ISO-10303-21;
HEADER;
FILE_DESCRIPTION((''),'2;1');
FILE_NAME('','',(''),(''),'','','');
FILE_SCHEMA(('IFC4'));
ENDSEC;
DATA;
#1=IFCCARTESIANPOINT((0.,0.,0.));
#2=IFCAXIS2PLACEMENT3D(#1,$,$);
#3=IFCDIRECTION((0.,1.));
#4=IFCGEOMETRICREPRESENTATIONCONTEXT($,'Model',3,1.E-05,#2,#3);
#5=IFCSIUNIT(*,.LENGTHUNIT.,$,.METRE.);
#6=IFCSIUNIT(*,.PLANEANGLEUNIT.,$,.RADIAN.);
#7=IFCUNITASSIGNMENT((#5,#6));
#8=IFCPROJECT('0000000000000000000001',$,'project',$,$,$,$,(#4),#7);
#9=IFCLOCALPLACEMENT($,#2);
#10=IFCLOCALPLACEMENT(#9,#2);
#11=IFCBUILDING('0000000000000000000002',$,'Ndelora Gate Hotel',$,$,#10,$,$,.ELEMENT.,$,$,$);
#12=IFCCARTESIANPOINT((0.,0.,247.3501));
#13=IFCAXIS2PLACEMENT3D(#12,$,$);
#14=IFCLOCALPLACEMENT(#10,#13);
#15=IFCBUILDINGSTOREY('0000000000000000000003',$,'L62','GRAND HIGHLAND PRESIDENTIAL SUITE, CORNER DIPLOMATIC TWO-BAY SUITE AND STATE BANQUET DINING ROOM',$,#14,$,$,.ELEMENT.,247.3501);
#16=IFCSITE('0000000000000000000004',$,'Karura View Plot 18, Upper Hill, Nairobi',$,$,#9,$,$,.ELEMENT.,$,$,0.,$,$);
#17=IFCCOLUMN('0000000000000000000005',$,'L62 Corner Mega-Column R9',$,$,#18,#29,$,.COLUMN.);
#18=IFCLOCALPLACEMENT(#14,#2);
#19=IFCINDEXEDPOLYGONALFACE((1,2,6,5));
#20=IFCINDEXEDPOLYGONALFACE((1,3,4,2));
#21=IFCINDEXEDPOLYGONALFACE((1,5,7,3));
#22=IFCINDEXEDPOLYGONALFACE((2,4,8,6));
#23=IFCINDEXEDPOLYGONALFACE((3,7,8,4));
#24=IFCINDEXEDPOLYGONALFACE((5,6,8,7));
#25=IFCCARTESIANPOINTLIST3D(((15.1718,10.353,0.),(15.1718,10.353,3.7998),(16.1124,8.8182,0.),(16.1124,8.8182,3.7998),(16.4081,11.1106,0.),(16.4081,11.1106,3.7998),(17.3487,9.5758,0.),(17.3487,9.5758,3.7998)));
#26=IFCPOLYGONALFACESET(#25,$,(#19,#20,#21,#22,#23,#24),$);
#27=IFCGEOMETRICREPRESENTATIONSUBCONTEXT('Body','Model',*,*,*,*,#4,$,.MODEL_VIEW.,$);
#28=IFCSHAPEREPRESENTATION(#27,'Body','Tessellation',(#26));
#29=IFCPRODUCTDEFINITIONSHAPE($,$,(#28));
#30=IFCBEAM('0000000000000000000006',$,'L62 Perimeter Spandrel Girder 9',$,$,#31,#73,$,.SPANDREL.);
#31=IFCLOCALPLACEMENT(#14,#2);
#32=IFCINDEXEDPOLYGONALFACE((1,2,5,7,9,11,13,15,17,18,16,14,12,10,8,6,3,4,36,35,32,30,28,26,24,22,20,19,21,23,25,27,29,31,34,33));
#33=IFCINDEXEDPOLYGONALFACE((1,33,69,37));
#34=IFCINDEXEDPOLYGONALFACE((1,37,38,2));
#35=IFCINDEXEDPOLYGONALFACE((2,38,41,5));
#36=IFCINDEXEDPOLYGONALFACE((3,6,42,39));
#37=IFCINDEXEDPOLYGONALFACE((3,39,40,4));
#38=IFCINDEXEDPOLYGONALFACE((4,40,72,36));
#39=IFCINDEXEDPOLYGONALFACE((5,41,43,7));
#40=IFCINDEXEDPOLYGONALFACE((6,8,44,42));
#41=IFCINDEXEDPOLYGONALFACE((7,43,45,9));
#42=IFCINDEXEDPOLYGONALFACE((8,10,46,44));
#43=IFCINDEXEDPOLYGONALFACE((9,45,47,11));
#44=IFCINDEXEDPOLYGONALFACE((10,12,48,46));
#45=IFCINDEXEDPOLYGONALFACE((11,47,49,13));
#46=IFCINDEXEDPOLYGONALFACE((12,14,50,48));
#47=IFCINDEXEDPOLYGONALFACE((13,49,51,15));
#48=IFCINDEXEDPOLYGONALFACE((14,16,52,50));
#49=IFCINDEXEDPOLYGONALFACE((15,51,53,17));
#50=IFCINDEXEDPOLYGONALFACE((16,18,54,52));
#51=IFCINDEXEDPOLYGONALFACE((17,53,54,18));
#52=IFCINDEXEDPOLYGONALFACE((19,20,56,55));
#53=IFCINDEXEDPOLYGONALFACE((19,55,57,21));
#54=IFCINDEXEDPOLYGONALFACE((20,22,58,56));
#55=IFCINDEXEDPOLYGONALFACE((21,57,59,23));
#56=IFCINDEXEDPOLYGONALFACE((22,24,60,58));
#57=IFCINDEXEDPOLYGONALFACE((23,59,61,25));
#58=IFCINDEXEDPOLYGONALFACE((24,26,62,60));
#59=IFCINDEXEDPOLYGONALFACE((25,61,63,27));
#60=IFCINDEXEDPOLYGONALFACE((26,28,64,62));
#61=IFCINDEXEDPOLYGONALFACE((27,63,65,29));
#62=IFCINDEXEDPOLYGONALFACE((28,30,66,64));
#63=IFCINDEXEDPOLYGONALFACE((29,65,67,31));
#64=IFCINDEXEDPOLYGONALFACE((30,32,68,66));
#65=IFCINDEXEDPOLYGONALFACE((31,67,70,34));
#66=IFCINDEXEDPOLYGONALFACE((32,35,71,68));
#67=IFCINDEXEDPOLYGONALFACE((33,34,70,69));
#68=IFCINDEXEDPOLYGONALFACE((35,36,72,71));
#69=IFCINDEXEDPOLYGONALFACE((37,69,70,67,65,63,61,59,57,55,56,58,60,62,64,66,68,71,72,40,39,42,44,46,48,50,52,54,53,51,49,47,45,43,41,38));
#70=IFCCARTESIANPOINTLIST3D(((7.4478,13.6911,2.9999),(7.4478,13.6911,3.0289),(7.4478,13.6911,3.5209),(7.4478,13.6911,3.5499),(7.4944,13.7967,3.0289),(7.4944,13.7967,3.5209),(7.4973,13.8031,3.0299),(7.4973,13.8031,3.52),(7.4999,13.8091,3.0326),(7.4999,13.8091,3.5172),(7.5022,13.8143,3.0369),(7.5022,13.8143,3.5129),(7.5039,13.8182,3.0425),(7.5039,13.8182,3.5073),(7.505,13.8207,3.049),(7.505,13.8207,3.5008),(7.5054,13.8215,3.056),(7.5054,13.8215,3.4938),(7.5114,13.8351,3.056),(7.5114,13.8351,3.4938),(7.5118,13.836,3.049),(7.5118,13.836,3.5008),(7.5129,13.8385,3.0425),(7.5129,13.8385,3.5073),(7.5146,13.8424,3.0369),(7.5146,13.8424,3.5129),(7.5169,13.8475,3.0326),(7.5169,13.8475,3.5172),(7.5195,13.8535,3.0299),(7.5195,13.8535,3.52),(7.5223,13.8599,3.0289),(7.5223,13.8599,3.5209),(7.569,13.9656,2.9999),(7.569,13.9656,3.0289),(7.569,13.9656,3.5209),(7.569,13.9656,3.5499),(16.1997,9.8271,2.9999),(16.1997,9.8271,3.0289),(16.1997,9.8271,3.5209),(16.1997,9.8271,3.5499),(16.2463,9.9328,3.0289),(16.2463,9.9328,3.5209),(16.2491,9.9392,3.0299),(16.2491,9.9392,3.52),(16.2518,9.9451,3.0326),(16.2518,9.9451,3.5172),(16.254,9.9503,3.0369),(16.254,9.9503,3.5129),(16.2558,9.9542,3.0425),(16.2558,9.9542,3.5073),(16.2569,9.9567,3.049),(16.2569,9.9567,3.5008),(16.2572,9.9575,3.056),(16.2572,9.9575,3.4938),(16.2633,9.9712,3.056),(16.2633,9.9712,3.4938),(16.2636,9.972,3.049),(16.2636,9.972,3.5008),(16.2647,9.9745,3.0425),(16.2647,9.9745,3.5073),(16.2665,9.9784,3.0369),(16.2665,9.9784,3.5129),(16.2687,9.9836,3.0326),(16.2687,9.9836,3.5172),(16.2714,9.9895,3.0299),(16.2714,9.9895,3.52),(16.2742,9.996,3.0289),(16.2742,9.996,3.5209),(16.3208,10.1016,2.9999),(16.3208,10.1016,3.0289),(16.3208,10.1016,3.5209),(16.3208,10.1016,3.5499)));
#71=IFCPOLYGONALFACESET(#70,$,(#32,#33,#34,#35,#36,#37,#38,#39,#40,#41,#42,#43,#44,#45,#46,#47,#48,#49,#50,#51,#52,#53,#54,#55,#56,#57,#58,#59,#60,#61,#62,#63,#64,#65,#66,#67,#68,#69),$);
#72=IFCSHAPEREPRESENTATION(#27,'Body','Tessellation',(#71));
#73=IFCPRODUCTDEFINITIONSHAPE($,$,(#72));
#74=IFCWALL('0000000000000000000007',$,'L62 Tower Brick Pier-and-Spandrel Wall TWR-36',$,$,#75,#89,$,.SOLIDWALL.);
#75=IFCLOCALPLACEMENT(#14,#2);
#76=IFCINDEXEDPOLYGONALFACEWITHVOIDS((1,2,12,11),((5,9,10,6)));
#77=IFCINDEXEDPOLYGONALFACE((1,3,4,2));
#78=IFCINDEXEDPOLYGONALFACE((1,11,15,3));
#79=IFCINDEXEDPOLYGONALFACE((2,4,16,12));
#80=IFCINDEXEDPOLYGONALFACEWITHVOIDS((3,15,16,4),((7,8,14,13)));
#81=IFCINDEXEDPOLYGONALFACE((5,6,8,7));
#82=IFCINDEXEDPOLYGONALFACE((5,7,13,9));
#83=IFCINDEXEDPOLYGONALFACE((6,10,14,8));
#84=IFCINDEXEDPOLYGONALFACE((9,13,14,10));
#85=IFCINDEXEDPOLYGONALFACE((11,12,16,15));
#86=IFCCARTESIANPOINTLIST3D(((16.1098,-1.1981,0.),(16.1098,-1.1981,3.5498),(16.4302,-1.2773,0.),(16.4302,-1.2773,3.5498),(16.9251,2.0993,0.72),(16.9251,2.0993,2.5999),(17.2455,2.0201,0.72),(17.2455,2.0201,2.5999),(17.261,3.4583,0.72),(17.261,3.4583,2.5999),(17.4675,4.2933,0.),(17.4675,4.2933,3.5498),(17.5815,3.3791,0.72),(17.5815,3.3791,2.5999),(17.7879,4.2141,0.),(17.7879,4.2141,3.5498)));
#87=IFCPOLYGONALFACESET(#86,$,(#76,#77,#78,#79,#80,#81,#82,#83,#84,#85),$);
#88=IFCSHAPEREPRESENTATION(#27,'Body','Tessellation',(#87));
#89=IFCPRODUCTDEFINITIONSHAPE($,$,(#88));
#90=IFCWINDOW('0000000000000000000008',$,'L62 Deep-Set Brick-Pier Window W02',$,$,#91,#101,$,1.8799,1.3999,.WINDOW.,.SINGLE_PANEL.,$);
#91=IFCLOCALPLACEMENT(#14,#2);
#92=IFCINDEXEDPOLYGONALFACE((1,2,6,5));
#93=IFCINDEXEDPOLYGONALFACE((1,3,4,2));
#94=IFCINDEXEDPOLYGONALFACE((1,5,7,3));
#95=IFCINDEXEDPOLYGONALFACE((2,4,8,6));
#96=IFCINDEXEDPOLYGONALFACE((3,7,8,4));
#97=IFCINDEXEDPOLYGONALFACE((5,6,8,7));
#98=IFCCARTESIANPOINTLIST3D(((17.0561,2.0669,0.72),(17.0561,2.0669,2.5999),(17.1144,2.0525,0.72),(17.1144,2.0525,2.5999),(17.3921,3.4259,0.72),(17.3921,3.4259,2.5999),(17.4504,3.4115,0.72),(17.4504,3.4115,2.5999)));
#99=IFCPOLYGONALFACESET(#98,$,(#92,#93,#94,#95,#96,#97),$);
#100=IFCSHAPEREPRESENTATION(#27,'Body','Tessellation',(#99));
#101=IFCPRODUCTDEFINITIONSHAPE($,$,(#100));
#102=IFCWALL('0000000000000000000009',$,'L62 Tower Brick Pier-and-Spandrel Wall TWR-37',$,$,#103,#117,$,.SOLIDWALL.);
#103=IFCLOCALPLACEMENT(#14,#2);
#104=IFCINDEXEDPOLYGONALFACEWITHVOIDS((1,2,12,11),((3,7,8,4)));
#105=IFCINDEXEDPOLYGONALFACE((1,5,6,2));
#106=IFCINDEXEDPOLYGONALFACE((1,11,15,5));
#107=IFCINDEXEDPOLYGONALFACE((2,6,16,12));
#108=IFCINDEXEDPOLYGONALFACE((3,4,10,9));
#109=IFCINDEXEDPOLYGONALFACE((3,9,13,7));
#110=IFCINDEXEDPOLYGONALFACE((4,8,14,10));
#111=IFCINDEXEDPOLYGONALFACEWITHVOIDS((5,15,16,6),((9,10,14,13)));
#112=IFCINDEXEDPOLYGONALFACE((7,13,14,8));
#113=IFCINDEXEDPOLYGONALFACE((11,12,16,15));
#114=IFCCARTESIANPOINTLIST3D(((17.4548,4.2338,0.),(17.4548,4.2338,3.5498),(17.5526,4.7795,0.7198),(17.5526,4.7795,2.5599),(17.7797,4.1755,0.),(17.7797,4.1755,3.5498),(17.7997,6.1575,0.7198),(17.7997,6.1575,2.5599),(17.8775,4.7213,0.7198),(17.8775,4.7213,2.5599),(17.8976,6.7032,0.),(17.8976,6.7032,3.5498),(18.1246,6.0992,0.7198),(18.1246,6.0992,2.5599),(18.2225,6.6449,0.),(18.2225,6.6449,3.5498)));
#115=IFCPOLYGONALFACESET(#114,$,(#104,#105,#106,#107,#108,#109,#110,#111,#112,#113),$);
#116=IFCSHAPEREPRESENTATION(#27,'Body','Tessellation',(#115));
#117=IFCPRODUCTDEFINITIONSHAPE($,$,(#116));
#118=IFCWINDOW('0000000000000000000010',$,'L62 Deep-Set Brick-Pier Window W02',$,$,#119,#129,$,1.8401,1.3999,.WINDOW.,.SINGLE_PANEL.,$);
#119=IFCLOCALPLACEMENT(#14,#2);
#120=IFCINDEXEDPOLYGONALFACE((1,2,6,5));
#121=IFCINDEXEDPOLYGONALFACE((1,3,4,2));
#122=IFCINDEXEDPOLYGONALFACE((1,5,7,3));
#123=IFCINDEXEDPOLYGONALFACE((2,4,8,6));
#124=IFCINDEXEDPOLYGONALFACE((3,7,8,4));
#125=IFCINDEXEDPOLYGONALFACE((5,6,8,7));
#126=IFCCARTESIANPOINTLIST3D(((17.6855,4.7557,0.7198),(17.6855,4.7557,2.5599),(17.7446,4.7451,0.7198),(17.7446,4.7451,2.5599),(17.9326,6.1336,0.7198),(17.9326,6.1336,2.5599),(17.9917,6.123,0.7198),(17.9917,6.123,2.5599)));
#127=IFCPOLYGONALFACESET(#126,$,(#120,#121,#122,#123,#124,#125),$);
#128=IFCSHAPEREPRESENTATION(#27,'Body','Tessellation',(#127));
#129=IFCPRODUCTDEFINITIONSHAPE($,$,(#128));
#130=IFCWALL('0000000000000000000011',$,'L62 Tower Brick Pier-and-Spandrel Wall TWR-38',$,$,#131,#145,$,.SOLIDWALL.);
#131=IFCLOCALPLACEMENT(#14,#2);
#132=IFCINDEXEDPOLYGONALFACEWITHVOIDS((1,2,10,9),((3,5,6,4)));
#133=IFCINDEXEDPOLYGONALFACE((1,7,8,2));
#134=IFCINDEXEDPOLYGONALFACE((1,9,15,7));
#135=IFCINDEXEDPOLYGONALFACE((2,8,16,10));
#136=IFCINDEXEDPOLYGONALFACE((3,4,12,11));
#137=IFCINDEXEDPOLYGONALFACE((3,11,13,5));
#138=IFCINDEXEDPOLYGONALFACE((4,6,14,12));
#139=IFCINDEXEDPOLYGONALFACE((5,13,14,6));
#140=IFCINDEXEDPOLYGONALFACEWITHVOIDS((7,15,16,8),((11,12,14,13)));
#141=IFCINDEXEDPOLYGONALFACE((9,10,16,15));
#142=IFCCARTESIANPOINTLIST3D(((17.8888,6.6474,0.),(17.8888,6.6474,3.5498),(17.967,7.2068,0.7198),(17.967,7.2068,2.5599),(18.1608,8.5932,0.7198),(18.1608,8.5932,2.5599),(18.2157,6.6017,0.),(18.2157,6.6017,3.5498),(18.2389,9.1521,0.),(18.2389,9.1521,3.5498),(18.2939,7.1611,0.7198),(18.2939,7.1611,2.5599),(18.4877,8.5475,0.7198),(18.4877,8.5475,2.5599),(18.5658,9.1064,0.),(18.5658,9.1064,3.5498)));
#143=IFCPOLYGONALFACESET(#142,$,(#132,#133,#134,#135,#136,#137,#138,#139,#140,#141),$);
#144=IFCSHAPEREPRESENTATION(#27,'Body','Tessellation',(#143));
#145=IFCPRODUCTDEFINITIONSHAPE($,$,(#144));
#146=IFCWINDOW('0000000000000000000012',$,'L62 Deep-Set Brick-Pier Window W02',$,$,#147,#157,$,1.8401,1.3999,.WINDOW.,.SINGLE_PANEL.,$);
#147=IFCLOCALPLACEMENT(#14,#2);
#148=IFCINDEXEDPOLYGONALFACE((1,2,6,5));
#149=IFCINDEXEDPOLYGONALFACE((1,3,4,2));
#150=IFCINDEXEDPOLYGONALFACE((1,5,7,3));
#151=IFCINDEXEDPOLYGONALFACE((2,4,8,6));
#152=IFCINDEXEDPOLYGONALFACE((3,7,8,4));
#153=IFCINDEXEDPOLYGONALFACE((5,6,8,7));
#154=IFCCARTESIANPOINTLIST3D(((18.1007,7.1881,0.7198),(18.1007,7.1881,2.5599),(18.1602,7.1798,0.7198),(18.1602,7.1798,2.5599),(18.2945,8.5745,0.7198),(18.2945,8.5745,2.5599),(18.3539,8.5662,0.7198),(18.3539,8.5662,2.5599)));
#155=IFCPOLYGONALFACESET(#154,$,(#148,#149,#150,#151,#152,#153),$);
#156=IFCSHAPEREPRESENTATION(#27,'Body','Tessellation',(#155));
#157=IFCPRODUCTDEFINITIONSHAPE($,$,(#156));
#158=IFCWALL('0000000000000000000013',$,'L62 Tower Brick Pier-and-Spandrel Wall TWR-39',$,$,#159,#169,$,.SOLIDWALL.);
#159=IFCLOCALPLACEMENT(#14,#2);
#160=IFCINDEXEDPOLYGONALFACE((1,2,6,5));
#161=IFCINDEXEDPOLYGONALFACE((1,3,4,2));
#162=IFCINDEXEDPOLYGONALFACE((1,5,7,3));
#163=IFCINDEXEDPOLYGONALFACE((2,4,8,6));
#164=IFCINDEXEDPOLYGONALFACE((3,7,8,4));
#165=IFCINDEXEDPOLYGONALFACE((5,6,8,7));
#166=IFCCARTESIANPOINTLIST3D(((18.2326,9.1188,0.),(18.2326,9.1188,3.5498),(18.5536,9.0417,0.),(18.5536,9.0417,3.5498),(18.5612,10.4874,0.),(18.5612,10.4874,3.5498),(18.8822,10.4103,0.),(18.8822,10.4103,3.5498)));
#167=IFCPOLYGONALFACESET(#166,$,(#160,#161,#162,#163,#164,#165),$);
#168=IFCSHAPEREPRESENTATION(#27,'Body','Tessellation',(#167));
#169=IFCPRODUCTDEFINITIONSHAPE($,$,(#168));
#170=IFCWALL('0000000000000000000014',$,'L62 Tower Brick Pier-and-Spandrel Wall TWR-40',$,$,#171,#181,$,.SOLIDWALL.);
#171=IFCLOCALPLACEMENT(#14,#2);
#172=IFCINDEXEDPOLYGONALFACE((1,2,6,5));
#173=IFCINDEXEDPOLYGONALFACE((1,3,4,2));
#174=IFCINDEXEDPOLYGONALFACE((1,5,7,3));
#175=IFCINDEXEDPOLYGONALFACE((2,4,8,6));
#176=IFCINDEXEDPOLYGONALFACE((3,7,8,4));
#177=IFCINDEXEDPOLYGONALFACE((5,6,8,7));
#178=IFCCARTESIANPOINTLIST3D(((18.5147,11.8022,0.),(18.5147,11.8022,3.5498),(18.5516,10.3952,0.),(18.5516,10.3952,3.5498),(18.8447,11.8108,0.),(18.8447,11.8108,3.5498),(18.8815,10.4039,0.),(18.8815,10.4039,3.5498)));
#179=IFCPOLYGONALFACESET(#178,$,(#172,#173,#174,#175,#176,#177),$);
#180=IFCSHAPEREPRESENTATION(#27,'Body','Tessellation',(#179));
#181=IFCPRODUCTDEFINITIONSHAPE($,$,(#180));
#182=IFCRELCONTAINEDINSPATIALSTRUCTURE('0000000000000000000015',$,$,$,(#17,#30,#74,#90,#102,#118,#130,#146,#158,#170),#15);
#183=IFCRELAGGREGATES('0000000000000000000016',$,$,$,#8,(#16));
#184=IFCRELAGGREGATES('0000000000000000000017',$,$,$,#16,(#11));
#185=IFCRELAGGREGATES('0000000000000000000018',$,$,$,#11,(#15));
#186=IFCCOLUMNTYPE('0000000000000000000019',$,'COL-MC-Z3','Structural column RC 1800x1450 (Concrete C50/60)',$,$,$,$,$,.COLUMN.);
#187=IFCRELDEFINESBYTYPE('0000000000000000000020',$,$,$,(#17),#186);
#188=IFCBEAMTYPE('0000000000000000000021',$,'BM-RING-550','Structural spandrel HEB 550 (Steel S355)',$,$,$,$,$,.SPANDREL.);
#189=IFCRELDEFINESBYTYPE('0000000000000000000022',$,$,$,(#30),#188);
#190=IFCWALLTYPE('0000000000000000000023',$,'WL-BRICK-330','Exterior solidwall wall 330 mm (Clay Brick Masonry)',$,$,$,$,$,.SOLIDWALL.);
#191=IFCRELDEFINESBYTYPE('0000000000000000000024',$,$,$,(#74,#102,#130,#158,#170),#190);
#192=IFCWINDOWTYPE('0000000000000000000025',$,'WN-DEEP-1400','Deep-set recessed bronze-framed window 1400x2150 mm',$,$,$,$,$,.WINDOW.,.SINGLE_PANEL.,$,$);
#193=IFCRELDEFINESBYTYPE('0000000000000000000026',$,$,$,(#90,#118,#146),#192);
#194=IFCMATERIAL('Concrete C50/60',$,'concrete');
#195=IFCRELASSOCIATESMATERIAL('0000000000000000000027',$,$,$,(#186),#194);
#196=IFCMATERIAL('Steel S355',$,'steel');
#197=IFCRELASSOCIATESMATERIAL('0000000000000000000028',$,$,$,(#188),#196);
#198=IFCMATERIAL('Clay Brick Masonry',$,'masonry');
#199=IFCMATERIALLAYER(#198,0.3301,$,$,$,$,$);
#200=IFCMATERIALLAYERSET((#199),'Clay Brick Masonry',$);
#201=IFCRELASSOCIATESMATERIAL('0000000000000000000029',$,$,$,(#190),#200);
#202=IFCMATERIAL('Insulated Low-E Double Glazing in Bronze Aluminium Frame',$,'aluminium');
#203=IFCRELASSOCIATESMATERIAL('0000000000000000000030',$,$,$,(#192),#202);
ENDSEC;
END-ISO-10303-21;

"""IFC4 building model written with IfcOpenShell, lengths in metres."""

from ifc_helpers import new_model, si_unit, direction, frame, frame_2d, origin, origin_2d, place, context, subcontext, project, spatial, rectangle, i_section, extrude, material, layer, layer_set, material_profile, profile_set, type_object, element, fill, save


model = new_model("IFC4")

# Units and contexts
model_context = context("Model", 3, precision=1e-05, world=origin(), true_north=direction((0.0, 1.0)))
body_context = subcontext(model_context, "Body", "Model", "MODEL_VIEW")
ifc_project = project(units=[si_unit("LENGTHUNIT", "METRE"), si_unit("PLANEANGLEUNIT", "RADIAN")], contexts=[model_context])

# Site, building, storey
site_placement = place(None, origin())
site = spatial("IfcSite", under=ifc_project, at=site_placement, Name="Karura View Plot 18, Upper Hill, Nairobi", CompositionType="ELEMENT", RefElevation=0.0)
building_placement = place(site_placement, origin())
building = spatial("IfcBuilding", under=site, at=building_placement, Name="Ndelora Gate Hotel", CompositionType="ELEMENT")
storey_placement = place(building_placement, frame((0.0, 0.0, 247.3501)))
storey = spatial("IfcBuildingStorey", under=building, at=storey_placement, Name="L62", Description="GRAND HIGHLAND PRESIDENTIAL SUITE, CORNER DIPLOMATIC TWO-BAY SUITE AND STATE BANQUET DINING ROOM", CompositionType="ELEMENT", Elevation=247.3501)

# Column
ifc_material_1 = material(Name="Concrete C50/60", Category="concrete")
ifc_material_profile_1 = material_profile(ifc_material_1, rectangle(XDim=1.45, YDim=1.8, at=origin_2d()), Name="RC 1800x1450")
ifc_profile_set_1 = profile_set([ifc_material_profile_1], Name="Concrete C50/60")
column_type = type_object("IfcColumnType", Name="COL-MC-Z3", Description="Structural column RC 1800x1450 (Concrete C50/60)", PredefinedType="COLUMN", material=ifc_profile_set_1)
column_placement = place(storey_placement, frame((16.2603, 9.9644, 0.0), z_axis=(0.0, 0.0, 1.0), x_axis=(0.85264, 0.522499, 0.0)))
element("IfcColumn", 1, at=column_placement, inside=storey, type_object=column_type, Name="L62 Corner Mega-Column R9", PredefinedType="COLUMN", context=body_context, shape_type="SweptSolid", body=[
    extrude(rectangle(XDim=1.45, YDim=1.8, at=origin_2d()), origin(), (0.0, 0.0, 1.0), 3.7998),
])

# Beam
ifc_material_2 = material(Name="Steel S355", Category="steel")
ifc_material_profile_2 = material_profile(ifc_material_2, i_section(OverallWidth=0.3, OverallDepth=0.55, WebThickness=0.0149, FlangeThickness=0.0291, FilletRadius=0.0271, at=origin_2d()), Name="HEB 550")
ifc_profile_set_2 = profile_set([ifc_material_profile_2], Name="Steel S355")
beam_type = type_object("IfcBeamType", Name="BM-RING-550", Description="Structural spandrel HEB 550 (Steel S355)", PredefinedType="SPANDREL", material=ifc_profile_set_2)
beam_placement = place(storey_placement, frame((16.2603, 9.9644, 3.2749), z_axis=(-0.914807, 0.40389, 0.0), x_axis=(-0.40389, -0.914807, 0.0)))
element("IfcBeam", 2, at=beam_placement, inside=storey, type_object=beam_type, Name="L62 Perimeter Spandrel Girder 9", PredefinedType="SPANDREL", context=body_context, shape_type="SweptSolid", body=[
    extrude(i_section(OverallWidth=0.3, OverallDepth=0.55, WebThickness=0.0149, FlangeThickness=0.0291, FilletRadius=0.0271, at=origin_2d()), origin(), (0.0, 0.0, 1.0), 9.5669),
])

# Walls, openings, windows
ifc_material_3 = material(Name="Clay Brick Masonry", Category="masonry")
ifc_layer_1 = layer(ifc_material_3, 0.3301)
ifc_layer_set_1 = layer_set([ifc_layer_1], Name="Clay Brick Masonry")
wall_type = type_object("IfcWallType", Name="WL-BRICK-330", Description="Exterior solidwall wall 330 mm (Clay Brick Masonry)", PredefinedType="SOLIDWALL", material=ifc_layer_set_1)
wall_1_placement = place(storey_placement, frame((17.6277, 4.2537, 0.0), z_axis=(0.0, 0.0, 1.0), x_axis=(-0.240006, -0.970771, 0.0)))
wall_1 = element("IfcWall", 3, at=wall_1_placement, inside=storey, type_object=wall_type, Name="L62 Tower Brick Pier-and-Spandrel Wall TWR-36", PredefinedType="SOLIDWALL", context=body_context, shape_type="SweptSolid", body=[
    extrude(rectangle(XDim=5.6567, YDim=0.3301, at=frame_2d((2.8284, 0.0))), origin(), (0.0, 0.0, 1.0), 3.5498),
])
opening_1_placement = place(wall_1_placement, frame((0.8601, 0.0, 0.72)))
opening_1 = element("IfcOpeningElement", 4, at=opening_1_placement, cuts=wall_1, PredefinedType="OPENING", context=body_context, shape_type="SweptSolid", body=[
    extrude(rectangle(XDim=1.3999, YDim=1.8799, at=frame_2d((0.7, 0.9399))), frame((0.0, 0.175, 0.0), z_axis=(0.0, -1.0, 0.0), x_axis=(1.0, 0.0, 0.0)), (0.0, 0.0, 1.0), 0.3501),
])
ifc_material_4 = material(Name="Insulated Low-E Double Glazing in Bronze Aluminium Frame", Category="aluminium")
window_type = type_object("IfcWindowType", Name="WN-DEEP-1400", Description="Deep-set recessed bronze-framed window 1400x2150 mm", PartitioningType="SINGLE_PANEL", PredefinedType="WINDOW", material=ifc_material_4)
window_1_placement = place(opening_1_placement, origin())
window_1 = element("IfcWindow", 5, at=window_1_placement, inside=storey, type_object=window_type, Name="L62 Deep-Set Brick-Pier Window W02", OverallHeight=1.8799, OverallWidth=1.3999, PartitioningType="SINGLE_PANEL", PredefinedType="WINDOW", context=body_context, shape_type="SweptSolid", body=[
    extrude(rectangle(XDim=1.3999, YDim=1.8799, at=frame_2d((0.7, 0.9399))), frame((0.0, 0.03, 0.0), z_axis=(0.0, -1.0, 0.0), x_axis=(1.0, 0.0, 0.0)), (0.0, 0.0, 1.0), 0.0601),
])
fill(opening_1, window_1)
wall_2_placement = place(storey_placement, frame((18.0601, 6.6741, 0.0), z_axis=(0.0, 0.0, 1.0), x_axis=(-0.176521, -0.984297, 0.0)))
wall_2 = element("IfcWall", 6, at=wall_2_placement, inside=storey, type_object=wall_type, Name="L62 Tower Brick Pier-and-Spandrel Wall TWR-37", PredefinedType="SOLIDWALL", context=body_context, shape_type="SweptSolid", body=[
    extrude(rectangle(XDim=2.5088, YDim=0.3301, at=frame_2d((1.2544, 0.0))), origin(), (0.0, 0.0, 1.0), 3.5498),
])
opening_2_placement = place(wall_2_placement, frame((0.5544, 0.0, 0.72)))
opening_2 = element("IfcOpeningElement", 7, at=opening_2_placement, cuts=wall_2, PredefinedType="OPENING", context=body_context, shape_type="SweptSolid", body=[
    extrude(rectangle(XDim=1.3999, YDim=1.8401, at=frame_2d((0.7, 0.9199))), frame((0.0, 0.175, 0.0), z_axis=(0.0, -1.0, 0.0), x_axis=(1.0, 0.0, 0.0)), (0.0, 0.0, 1.0), 0.3501),
])
window_2_placement = place(opening_2_placement, origin())
window_2 = element("IfcWindow", 8, at=window_2_placement, inside=storey, type_object=window_type, Name="L62 Deep-Set Brick-Pier Window W02", OverallHeight=1.8401, OverallWidth=1.3999, PartitioningType="SINGLE_PANEL", PredefinedType="WINDOW", context=body_context, shape_type="SweptSolid", body=[
    extrude(rectangle(XDim=1.3999, YDim=1.8401, at=frame_2d((0.7, 0.9199))), frame((0.0, 0.03, 0.0), z_axis=(0.0, -1.0, 0.0), x_axis=(1.0, 0.0, 0.0)), (0.0, 0.0, 1.0), 0.0601),
])
fill(opening_2, window_2)
wall_3_placement = place(storey_placement, frame((18.4023, 9.1294, 0.0), z_axis=(0.0, 0.0, 1.0), x_axis=(-0.138434, -0.990372, 0.0)))
wall_3 = element("IfcWall", 9, at=wall_3_placement, inside=storey, type_object=wall_type, Name="L62 Tower Brick Pier-and-Spandrel Wall TWR-38", PredefinedType="SOLIDWALL", context=body_context, shape_type="SweptSolid", body=[
    extrude(rectangle(XDim=2.5291, YDim=0.3301, at=frame_2d((1.2646, 0.0))), origin(), (0.0, 0.0, 1.0), 3.5498),
])
opening_3_placement = place(wall_3_placement, frame((0.5645, 0.0, 0.72)))
opening_3 = element("IfcOpeningElement", 10, at=opening_3_placement, cuts=wall_3, PredefinedType="OPENING", context=body_context, shape_type="SweptSolid", body=[
    extrude(rectangle(XDim=1.3999, YDim=1.8401, at=frame_2d((0.7, 0.9199))), frame((0.0, 0.175, 0.0), z_axis=(0.0, -1.0, 0.0), x_axis=(1.0, 0.0, 0.0)), (0.0, 0.0, 1.0), 0.3501),
])
window_3_placement = place(opening_3_placement, origin())
window_3 = element("IfcWindow", 11, at=window_3_placement, inside=storey, type_object=window_type, Name="L62 Deep-Set Brick-Pier Window W02", OverallHeight=1.8401, OverallWidth=1.3999, PartitioningType="SINGLE_PANEL", PredefinedType="WINDOW", context=body_context, shape_type="SweptSolid", body=[
    extrude(rectangle(XDim=1.3999, YDim=1.8401, at=frame_2d((0.7, 0.9199))), frame((0.0, 0.03, 0.0), z_axis=(0.0, -1.0, 0.0), x_axis=(1.0, 0.0, 0.0)), (0.0, 0.0, 1.0), 0.0601),
])
fill(opening_3, window_3)

# Walls
for number, where, z_axis, x_axis, name in (
    (12, (18.7217, 10.4487, 0.0), (0.0, 0.0, 1.0), (-0.233465, -0.972365, 0.0), "L62 Tower Brick Pier-and-Spandrel Wall TWR-39"),
    (13, (18.6797, 11.8064, 0.0), (0.0, 0.0, 1.0), (0.026193, -0.999657, 0.0), "L62 Tower Brick Pier-and-Spandrel Wall TWR-40"),
):
    element("IfcWall", number, at=place(storey_placement, frame(where, z_axis=z_axis, x_axis=x_axis)), inside=storey, type_object=wall_type, Name=name, PredefinedType="SOLIDWALL", context=body_context, shape_type="SweptSolid", body=[
        extrude(rectangle(XDim=1.4075, YDim=0.3301, at=frame_2d((0.7036, 0.0))), origin(), (0.0, 0.0, 1.0), 3.5498),
    ])

save(model, "model.ifc")
